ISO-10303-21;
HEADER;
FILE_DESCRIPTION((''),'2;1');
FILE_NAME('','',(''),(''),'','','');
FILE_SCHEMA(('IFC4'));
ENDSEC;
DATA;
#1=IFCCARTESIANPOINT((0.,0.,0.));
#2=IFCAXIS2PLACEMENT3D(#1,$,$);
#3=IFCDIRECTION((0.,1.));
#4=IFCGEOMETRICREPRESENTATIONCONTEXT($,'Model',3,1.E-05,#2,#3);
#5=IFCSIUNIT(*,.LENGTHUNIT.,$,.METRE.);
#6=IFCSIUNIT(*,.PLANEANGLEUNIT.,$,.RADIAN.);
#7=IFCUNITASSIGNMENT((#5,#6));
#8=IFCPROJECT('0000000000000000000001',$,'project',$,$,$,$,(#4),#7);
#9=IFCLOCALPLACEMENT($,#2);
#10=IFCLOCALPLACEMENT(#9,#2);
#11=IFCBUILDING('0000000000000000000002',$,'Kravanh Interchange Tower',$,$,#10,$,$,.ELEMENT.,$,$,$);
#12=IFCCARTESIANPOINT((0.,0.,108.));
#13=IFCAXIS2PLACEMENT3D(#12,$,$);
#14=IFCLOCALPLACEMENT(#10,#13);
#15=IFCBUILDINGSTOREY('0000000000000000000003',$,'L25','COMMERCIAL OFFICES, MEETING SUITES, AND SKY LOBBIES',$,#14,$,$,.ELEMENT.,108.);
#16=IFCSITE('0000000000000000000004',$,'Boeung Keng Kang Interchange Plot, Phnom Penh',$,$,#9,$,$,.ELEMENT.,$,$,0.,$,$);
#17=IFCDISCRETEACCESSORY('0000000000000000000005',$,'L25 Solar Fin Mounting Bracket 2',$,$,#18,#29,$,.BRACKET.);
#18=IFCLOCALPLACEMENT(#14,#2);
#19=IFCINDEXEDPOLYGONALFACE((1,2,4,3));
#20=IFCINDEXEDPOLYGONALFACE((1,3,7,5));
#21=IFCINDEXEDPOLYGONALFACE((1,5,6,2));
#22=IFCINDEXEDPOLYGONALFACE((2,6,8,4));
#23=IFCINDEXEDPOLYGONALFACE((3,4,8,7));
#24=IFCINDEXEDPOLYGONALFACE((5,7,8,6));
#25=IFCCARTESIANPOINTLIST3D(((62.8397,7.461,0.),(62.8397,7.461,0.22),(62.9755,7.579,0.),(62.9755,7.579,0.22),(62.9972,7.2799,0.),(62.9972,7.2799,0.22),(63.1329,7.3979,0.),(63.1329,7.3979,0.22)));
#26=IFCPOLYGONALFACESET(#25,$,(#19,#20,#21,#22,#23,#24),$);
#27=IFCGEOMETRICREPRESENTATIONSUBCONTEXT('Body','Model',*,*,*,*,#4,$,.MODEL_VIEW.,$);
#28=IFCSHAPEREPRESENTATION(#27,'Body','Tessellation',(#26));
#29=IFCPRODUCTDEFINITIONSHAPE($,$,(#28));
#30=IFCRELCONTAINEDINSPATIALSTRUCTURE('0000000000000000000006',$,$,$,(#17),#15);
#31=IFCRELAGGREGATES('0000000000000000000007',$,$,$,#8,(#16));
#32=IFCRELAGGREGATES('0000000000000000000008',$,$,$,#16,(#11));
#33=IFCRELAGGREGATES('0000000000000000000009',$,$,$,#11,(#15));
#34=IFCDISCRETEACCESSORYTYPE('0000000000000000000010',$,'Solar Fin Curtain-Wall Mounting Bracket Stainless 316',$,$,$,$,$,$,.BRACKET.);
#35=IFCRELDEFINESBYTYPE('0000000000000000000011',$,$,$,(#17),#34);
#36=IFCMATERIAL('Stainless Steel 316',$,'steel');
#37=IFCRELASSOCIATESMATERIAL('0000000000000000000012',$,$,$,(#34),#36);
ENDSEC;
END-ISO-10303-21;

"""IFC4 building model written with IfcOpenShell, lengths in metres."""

from ifc_helpers import new_model, si_unit, direction, frame, origin, origin_2d, place, context, subcontext, project, spatial, rectangle, extrude, material, type_object, element, save


model = new_model("IFC4")

# Units and contexts
model_context = context("Model", 3, precision=1e-05, world=origin(), true_north=direction((0.0, 1.0)))
body_context = subcontext(model_context, "Body", "Model", "MODEL_VIEW")
ifc_project = project(units=[si_unit("LENGTHUNIT", "METRE"), si_unit("PLANEANGLEUNIT", "RADIAN")], contexts=[model_context])

# Site, building, storey
site_placement = place(None, origin())
site = spatial("IfcSite", under=ifc_project, at=site_placement, Name="Boeung Keng Kang Interchange Plot, Phnom Penh", CompositionType="ELEMENT", RefElevation=0.0)
building_placement = place(site_placement, origin())
building = spatial("IfcBuilding", under=site, at=building_placement, Name="Kravanh Interchange Tower", CompositionType="ELEMENT")
storey_placement = place(building_placement, frame((0.0, 0.0, 108.0)))
storey = spatial("IfcBuildingStorey", under=building, at=storey_placement, Name="L25", Description="COMMERCIAL OFFICES, MEETING SUITES, AND SKY LOBBIES", CompositionType="ELEMENT", Elevation=108.0)

# Discrete accessory
ifc_material_1 = material(Name="Stainless Steel 316", Category="steel")
discrete_accessory_type = type_object("IfcDiscreteAccessoryType", Name="Solar Fin Curtain-Wall Mounting Bracket Stainless 316", PredefinedType="BRACKET", material=ifc_material_1)
discrete_accessory_placement = place(storey_placement, frame((62.9863, 7.4294, 0.0), z_axis=(0.0, 0.0, 1.0), x_axis=(0.656056, -0.754712, 0.0)))
element("IfcDiscreteAccessory", 1, at=discrete_accessory_placement, inside=storey, type_object=discrete_accessory_type, Name="L25 Solar Fin Mounting Bracket 2", PredefinedType="BRACKET", context=body_context, shape_type="SweptSolid", body=[
    extrude(rectangle(XDim=0.24, YDim=0.1799, at=origin_2d()), origin(), (0.0, 0.0, 1.0), 0.22),
])

save(model, "model.ifc")
